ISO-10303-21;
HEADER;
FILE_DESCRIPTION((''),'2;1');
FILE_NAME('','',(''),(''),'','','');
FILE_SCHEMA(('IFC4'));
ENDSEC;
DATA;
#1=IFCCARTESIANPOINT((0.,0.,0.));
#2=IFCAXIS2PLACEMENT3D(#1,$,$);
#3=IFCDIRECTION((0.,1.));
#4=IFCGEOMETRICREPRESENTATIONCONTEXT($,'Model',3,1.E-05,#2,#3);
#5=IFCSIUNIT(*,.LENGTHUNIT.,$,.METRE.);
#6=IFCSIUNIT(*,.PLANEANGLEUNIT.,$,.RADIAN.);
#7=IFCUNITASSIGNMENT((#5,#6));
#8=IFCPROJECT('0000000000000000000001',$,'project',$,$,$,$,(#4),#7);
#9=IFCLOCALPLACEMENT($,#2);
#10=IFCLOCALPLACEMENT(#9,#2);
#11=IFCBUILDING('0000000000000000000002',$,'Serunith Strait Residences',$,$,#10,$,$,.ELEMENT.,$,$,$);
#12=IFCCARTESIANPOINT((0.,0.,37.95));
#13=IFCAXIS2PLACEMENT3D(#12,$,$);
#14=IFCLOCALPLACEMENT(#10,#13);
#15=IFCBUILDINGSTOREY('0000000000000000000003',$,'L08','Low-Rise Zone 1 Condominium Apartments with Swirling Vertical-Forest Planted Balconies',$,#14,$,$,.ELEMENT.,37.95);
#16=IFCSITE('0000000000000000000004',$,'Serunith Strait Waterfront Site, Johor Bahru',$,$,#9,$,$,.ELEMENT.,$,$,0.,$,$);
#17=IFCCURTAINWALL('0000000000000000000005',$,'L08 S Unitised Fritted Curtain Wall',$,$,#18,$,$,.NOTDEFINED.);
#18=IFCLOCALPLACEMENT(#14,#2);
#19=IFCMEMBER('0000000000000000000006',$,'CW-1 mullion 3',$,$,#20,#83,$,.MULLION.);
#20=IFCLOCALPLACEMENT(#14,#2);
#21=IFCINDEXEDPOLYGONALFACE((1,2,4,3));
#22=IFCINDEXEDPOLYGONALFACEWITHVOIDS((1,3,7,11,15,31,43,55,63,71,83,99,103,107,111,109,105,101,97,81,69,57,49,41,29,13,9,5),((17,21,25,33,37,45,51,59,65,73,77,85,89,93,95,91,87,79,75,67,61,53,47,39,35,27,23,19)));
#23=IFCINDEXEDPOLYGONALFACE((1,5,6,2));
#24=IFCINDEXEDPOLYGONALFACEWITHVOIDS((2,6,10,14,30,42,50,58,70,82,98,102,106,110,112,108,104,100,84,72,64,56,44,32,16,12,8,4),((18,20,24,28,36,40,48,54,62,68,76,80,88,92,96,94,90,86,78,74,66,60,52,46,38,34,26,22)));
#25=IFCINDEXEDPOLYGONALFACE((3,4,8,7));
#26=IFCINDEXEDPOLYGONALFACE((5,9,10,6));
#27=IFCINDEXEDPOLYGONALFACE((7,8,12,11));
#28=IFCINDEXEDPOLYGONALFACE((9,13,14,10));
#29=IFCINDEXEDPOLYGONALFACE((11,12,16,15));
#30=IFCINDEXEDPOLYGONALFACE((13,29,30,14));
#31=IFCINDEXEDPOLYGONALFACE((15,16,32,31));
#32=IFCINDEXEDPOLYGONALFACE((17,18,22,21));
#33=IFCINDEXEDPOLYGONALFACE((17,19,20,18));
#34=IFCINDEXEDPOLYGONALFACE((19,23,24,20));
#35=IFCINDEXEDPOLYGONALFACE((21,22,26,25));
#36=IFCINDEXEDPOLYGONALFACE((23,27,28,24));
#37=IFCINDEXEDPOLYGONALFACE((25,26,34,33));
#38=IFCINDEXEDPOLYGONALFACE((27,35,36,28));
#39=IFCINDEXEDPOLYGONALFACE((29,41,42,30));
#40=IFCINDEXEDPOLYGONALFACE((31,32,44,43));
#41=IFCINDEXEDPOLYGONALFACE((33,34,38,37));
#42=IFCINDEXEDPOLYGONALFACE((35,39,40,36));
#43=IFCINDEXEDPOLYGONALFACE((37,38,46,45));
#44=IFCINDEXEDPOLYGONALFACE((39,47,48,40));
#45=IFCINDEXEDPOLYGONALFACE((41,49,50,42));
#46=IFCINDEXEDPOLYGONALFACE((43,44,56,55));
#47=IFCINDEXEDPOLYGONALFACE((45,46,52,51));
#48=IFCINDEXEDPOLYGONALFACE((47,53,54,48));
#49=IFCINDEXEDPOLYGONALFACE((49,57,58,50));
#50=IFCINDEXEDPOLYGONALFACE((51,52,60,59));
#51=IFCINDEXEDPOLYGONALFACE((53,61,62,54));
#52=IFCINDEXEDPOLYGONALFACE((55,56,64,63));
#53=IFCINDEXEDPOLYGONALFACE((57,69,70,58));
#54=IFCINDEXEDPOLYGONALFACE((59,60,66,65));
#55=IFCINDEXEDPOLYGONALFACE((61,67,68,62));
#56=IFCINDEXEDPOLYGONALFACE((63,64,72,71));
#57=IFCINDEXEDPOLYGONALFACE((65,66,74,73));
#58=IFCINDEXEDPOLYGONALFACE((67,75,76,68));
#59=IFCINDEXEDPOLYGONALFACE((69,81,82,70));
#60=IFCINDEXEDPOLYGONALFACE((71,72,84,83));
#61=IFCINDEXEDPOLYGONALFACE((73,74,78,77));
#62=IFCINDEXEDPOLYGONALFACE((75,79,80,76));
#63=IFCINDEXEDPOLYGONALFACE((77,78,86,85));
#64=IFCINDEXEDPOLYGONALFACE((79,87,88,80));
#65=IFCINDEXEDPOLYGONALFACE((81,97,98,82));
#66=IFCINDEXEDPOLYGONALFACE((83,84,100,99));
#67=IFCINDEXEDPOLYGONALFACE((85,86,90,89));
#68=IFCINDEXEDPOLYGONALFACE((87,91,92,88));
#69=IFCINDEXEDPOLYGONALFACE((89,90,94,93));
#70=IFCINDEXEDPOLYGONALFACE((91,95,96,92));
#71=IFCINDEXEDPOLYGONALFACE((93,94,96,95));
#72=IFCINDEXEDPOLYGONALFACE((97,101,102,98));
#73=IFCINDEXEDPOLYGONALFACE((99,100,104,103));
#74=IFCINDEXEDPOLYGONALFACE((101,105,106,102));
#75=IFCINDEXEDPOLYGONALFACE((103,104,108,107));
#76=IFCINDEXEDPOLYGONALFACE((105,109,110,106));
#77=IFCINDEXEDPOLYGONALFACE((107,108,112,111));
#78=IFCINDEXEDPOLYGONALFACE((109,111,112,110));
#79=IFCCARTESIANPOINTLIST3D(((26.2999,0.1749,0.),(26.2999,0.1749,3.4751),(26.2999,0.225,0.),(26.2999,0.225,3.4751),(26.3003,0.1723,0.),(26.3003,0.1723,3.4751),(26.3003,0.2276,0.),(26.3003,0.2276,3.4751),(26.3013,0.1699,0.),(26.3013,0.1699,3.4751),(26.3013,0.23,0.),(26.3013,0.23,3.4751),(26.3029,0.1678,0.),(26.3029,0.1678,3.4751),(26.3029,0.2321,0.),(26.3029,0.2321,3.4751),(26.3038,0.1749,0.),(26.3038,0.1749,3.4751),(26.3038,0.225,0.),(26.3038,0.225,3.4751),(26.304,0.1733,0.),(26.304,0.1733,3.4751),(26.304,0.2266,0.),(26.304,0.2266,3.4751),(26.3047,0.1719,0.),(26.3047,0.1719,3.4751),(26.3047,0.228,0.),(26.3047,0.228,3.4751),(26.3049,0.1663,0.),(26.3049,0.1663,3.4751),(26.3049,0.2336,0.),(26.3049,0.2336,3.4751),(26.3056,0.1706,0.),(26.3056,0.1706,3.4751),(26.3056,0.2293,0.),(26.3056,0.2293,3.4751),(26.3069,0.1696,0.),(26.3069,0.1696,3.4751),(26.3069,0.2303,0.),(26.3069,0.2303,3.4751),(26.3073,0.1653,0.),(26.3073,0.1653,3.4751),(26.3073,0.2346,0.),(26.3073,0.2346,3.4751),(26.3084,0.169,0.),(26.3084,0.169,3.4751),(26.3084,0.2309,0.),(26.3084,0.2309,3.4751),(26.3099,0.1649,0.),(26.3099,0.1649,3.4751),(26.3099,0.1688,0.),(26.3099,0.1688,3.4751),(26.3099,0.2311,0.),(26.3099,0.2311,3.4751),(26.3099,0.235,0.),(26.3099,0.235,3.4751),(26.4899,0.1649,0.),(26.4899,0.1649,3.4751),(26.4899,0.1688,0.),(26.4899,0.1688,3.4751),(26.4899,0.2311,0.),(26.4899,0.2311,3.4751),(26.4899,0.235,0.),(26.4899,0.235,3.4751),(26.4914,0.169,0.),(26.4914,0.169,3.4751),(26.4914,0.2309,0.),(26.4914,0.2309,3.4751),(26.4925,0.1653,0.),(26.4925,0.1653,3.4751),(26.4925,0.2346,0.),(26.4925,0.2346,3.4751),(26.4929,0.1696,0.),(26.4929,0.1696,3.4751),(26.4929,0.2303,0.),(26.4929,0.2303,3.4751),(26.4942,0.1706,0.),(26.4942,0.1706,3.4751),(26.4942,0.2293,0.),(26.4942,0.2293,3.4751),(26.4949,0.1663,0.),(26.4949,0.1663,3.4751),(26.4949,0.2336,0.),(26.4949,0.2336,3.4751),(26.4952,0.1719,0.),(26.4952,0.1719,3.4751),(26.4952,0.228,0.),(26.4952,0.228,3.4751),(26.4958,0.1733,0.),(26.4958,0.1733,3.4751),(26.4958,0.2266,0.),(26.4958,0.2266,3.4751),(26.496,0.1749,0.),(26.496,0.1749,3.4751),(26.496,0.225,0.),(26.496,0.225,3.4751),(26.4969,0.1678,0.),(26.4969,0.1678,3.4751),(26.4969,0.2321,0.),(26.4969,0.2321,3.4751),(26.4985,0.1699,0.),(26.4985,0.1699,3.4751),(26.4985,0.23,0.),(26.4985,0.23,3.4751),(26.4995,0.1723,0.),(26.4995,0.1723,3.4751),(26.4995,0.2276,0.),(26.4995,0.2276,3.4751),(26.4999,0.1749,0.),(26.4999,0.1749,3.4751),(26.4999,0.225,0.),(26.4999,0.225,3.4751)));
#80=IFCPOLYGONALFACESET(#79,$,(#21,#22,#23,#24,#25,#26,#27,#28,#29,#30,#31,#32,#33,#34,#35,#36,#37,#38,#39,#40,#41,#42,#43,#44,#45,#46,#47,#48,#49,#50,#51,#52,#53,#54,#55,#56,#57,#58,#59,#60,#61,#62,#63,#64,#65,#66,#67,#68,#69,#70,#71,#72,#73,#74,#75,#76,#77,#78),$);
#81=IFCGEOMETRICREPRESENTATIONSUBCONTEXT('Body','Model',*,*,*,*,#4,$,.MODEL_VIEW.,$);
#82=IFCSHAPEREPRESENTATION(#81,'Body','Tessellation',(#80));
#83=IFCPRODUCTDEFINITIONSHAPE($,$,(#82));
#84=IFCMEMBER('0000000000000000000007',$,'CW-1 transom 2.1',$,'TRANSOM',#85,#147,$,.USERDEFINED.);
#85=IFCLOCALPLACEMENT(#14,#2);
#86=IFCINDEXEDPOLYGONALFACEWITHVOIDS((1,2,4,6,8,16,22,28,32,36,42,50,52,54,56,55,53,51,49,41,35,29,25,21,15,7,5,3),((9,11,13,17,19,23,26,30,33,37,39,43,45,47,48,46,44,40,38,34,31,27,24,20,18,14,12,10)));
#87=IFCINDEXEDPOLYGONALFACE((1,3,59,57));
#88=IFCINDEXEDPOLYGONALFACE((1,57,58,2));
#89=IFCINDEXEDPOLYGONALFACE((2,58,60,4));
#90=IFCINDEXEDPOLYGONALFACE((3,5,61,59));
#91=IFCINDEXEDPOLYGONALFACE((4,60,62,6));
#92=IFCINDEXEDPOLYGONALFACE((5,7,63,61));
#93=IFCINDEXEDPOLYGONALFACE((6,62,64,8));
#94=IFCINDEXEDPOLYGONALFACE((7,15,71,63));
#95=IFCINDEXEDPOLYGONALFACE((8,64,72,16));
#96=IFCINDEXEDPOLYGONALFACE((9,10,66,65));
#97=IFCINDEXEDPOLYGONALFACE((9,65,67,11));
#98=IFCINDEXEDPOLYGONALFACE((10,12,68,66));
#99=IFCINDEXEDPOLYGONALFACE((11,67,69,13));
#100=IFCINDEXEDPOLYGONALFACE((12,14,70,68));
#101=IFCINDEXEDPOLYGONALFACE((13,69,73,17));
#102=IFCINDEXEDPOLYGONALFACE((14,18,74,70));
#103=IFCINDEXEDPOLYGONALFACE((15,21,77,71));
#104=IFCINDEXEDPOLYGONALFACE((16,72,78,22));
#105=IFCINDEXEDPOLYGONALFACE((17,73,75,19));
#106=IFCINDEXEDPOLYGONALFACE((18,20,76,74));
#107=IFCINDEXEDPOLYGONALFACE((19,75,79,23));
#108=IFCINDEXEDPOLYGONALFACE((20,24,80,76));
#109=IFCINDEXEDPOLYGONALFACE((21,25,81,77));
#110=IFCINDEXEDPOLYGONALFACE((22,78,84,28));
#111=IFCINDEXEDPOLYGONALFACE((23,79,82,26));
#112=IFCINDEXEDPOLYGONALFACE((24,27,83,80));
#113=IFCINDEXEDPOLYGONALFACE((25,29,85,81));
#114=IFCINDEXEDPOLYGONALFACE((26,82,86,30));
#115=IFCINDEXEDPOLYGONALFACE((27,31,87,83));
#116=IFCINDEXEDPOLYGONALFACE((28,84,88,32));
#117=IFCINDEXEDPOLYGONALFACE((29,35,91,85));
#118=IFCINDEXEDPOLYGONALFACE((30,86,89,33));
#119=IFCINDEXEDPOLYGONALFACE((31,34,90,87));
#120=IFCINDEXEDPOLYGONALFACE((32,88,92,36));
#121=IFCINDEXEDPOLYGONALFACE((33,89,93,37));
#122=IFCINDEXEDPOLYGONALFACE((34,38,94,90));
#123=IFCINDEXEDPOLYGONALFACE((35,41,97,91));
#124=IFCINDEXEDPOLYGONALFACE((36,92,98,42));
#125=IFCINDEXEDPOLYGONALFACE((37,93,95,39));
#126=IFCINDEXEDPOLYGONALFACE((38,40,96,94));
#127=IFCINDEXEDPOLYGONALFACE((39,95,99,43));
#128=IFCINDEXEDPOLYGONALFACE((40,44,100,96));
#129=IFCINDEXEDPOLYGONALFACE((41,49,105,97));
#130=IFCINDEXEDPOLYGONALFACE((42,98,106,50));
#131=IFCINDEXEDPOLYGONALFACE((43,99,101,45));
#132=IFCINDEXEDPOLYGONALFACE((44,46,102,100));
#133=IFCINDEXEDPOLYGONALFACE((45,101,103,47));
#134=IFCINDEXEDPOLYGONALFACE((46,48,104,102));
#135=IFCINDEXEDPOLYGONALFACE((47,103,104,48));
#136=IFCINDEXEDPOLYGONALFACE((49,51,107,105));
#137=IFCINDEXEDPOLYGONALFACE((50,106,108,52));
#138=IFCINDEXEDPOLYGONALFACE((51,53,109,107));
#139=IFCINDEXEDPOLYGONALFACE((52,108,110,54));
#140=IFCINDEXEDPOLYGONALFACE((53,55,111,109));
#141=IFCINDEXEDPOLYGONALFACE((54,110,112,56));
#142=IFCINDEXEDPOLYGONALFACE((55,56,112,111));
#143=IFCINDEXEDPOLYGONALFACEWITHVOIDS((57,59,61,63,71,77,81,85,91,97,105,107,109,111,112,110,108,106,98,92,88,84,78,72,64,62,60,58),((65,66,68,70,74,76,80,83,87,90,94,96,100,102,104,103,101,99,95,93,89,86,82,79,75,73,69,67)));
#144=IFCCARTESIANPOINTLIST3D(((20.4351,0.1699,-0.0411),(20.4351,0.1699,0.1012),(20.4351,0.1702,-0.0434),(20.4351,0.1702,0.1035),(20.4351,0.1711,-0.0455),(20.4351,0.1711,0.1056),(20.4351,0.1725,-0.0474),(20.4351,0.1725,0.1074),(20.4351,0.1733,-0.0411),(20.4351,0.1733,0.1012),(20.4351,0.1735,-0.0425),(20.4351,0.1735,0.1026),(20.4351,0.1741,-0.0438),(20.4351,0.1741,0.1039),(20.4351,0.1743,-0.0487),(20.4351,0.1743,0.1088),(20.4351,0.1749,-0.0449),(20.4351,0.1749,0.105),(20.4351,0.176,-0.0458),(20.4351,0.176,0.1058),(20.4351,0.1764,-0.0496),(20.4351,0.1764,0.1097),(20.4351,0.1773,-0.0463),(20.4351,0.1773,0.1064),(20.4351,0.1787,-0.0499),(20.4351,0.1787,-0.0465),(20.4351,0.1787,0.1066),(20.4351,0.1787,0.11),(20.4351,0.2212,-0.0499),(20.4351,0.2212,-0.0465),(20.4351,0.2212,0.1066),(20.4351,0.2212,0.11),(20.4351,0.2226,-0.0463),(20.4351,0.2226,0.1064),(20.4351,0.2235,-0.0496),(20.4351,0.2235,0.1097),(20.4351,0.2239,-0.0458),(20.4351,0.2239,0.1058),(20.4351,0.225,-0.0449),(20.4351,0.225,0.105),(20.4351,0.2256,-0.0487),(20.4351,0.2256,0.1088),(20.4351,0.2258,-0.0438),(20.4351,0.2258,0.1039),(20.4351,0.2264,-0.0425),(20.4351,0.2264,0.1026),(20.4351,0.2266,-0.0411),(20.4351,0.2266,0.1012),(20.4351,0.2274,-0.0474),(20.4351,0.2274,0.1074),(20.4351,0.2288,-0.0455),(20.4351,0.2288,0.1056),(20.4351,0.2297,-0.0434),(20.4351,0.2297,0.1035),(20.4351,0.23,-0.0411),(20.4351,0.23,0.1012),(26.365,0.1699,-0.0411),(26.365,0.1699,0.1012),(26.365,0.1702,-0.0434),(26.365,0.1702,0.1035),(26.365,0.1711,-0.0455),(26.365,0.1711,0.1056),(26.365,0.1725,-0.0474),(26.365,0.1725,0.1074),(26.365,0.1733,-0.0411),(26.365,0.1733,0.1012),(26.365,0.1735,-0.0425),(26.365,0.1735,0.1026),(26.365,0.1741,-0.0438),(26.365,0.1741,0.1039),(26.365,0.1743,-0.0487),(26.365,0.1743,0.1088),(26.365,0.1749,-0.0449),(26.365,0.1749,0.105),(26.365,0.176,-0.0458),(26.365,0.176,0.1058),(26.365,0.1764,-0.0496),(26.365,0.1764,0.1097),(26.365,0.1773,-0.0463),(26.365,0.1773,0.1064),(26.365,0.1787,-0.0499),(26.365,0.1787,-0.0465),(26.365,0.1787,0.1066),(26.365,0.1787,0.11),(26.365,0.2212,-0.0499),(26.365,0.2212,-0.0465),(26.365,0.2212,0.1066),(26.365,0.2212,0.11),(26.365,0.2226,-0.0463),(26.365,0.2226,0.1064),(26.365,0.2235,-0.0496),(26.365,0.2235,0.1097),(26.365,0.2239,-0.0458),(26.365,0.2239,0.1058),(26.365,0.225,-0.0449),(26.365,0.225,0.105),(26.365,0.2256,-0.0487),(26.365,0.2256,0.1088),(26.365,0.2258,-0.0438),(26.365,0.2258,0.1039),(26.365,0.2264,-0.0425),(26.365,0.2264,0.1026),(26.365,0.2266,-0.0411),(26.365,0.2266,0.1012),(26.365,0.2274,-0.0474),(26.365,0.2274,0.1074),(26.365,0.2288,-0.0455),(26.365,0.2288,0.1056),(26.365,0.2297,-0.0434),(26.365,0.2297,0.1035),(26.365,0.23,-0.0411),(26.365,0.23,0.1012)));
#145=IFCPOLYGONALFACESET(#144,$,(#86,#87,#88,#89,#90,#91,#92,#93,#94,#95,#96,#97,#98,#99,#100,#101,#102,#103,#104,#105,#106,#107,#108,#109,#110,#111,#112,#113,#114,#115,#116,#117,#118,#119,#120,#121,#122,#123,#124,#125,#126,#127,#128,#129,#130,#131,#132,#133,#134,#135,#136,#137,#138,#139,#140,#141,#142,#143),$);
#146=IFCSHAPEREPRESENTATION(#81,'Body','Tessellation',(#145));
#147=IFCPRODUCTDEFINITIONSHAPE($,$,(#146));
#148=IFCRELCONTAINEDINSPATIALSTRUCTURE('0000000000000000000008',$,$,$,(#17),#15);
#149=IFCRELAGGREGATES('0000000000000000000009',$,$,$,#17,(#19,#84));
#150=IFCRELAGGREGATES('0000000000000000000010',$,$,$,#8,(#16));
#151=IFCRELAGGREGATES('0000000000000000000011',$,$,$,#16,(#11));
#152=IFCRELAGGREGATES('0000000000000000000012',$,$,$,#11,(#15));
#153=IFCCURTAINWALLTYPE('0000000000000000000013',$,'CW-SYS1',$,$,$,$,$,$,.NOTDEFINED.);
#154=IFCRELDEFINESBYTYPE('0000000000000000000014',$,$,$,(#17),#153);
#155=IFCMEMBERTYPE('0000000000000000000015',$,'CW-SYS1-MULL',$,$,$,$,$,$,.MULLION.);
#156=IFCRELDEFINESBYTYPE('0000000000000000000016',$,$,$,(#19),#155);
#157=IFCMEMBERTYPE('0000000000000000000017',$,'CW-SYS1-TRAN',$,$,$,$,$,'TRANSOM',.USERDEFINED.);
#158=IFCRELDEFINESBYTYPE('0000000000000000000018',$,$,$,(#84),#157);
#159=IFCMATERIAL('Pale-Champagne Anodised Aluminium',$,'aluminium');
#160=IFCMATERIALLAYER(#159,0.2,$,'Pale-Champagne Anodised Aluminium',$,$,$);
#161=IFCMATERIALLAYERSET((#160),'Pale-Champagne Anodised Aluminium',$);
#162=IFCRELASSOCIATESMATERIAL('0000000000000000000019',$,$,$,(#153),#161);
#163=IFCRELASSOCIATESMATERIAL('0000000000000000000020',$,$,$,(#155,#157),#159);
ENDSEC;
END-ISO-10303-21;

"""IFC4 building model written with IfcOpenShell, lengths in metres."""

from ifc_helpers import new_model, si_unit, direction, frame, origin, origin_2d, place, context, subcontext, project, spatial, hollow_rectangle, extrude, source, transform, mapped, material, layer, layer_set, material_profile, profile_set, type_object, element, aggregate, save


model = new_model("IFC4")

# Units and contexts
model_context = context("Model", 3, precision=1e-05, world=origin(), true_north=direction((0.0, 1.0)))
body_context = subcontext(model_context, "Body", "Model", "MODEL_VIEW")
ifc_project = project(units=[si_unit("LENGTHUNIT", "METRE"), si_unit("PLANEANGLEUNIT", "RADIAN")], contexts=[model_context])

# Site, building, storey
site_placement = place(None, origin())
site = spatial("IfcSite", under=ifc_project, at=site_placement, Name="Serunith Strait Waterfront Site, Johor Bahru", CompositionType="ELEMENT", RefElevation=0.0)
building_placement = place(site_placement, origin())
building = spatial("IfcBuilding", under=site, at=building_placement, Name="Serunith Strait Residences", CompositionType="ELEMENT")
storey_placement = place(building_placement, frame((0.0, 0.0, 37.95)))
storey = spatial("IfcBuildingStorey", under=building, at=storey_placement, Name="L08", Description="Low-Rise Zone 1 Condominium Apartments with Swirling Vertical-Forest Planted Balconies", CompositionType="ELEMENT", Elevation=37.95)

# Curtain wall, members
ifc_material_1 = material(Name="Pale-Champagne Anodised Aluminium", Category="aluminium")
ifc_layer_1 = layer(ifc_material_1, 0.2, Name="Pale-Champagne Anodised Aluminium")
ifc_layer_set_1 = layer_set([ifc_layer_1], Name="Pale-Champagne Anodised Aluminium")
curtain_wall_type = type_object("IfcCurtainWallType", Name="CW-SYS1", PredefinedType="NOTDEFINED", material=ifc_layer_set_1)
curtain_wall_placement = place(storey_placement, origin())
curtain_wall = element("IfcCurtainWall", 1, at=curtain_wall_placement, inside=storey, type_object=curtain_wall_type, Name="L08 S Unitised Fritted Curtain Wall", PredefinedType="NOTDEFINED")
ifc_material_profile_1 = material_profile(ifc_material_1, hollow_rectangle(XDim=0.0701, YDim=0.2, WallThickness=0.0039, InnerFilletRadius=0.0061, OuterFilletRadius=0.01, at=origin_2d()), Name="ALU 200x70x4")
ifc_profile_set_1 = profile_set([ifc_material_profile_1], Name="Pale-Champagne Anodised Aluminium")
member_type_1 = type_object("IfcMemberType", Name="CW-SYS1-MULL", PredefinedType="MULLION", material=ifc_profile_set_1)
shared_shape_1 = source(origin(), body_context, "Body", "SweptSolid", [
    extrude(hollow_rectangle(XDim=0.0701, YDim=0.2, WallThickness=0.0039, InnerFilletRadius=0.0061, OuterFilletRadius=0.01, at=origin_2d()), origin(), (0.0, 0.0, 1.0), 3.4751),
])
member_1_placement = place(storey_placement, frame((26.3999, 0.2, 0.0), z_axis=(0.0, 0.0, 1.0), x_axis=(0.0, 1.0, 0.0)))
member_1 = element("IfcMember", 2, at=member_1_placement, type_object=member_type_1, Name="CW-1 mullion 3", PredefinedType="MULLION", context=body_context, shape_type="MappedRepresentation", body=[
    mapped(shared_shape_1, transform((0.0, 0.0, 0.0), scale=1.0)),
])
ifc_material_profile_2 = material_profile(ifc_material_1, hollow_rectangle(XDim=0.0601, YDim=0.1599, WallThickness=0.0034, InnerFilletRadius=0.0054, OuterFilletRadius=0.0088, at=origin_2d()), Name="ALU 160x60x3.5")
ifc_profile_set_2 = profile_set([ifc_material_profile_2], Name="Pale-Champagne Anodised Aluminium")
member_type_2 = type_object("IfcMemberType", Name="CW-SYS1-TRAN", ElementType="TRANSOM", PredefinedType="USERDEFINED", material=ifc_profile_set_2)
shared_shape_2 = source(origin(), body_context, "Body", "SweptSolid", [
    extrude(hollow_rectangle(XDim=0.0601, YDim=0.1599, WallThickness=0.0034, InnerFilletRadius=0.0054, OuterFilletRadius=0.0088, at=origin_2d()), origin(), (0.0, 0.0, 1.0), 5.9299),
])
member_2_placement = place(storey_placement, frame((20.4351, 0.2, 0.03), z_axis=(1.0, 0.0, 0.0), x_axis=(0.0, 1.0, 0.0)))
member_2 = element("IfcMember", 3, at=member_2_placement, type_object=member_type_2, Name="CW-1 transom 2.1", ObjectType="TRANSOM", PredefinedType="USERDEFINED", context=body_context, shape_type="MappedRepresentation", body=[
    mapped(shared_shape_2, transform((0.0, 0.0, 0.0), scale=1.0)),
])
aggregate(curtain_wall, [member_1, member_2])

save(model, "model.ifc")
